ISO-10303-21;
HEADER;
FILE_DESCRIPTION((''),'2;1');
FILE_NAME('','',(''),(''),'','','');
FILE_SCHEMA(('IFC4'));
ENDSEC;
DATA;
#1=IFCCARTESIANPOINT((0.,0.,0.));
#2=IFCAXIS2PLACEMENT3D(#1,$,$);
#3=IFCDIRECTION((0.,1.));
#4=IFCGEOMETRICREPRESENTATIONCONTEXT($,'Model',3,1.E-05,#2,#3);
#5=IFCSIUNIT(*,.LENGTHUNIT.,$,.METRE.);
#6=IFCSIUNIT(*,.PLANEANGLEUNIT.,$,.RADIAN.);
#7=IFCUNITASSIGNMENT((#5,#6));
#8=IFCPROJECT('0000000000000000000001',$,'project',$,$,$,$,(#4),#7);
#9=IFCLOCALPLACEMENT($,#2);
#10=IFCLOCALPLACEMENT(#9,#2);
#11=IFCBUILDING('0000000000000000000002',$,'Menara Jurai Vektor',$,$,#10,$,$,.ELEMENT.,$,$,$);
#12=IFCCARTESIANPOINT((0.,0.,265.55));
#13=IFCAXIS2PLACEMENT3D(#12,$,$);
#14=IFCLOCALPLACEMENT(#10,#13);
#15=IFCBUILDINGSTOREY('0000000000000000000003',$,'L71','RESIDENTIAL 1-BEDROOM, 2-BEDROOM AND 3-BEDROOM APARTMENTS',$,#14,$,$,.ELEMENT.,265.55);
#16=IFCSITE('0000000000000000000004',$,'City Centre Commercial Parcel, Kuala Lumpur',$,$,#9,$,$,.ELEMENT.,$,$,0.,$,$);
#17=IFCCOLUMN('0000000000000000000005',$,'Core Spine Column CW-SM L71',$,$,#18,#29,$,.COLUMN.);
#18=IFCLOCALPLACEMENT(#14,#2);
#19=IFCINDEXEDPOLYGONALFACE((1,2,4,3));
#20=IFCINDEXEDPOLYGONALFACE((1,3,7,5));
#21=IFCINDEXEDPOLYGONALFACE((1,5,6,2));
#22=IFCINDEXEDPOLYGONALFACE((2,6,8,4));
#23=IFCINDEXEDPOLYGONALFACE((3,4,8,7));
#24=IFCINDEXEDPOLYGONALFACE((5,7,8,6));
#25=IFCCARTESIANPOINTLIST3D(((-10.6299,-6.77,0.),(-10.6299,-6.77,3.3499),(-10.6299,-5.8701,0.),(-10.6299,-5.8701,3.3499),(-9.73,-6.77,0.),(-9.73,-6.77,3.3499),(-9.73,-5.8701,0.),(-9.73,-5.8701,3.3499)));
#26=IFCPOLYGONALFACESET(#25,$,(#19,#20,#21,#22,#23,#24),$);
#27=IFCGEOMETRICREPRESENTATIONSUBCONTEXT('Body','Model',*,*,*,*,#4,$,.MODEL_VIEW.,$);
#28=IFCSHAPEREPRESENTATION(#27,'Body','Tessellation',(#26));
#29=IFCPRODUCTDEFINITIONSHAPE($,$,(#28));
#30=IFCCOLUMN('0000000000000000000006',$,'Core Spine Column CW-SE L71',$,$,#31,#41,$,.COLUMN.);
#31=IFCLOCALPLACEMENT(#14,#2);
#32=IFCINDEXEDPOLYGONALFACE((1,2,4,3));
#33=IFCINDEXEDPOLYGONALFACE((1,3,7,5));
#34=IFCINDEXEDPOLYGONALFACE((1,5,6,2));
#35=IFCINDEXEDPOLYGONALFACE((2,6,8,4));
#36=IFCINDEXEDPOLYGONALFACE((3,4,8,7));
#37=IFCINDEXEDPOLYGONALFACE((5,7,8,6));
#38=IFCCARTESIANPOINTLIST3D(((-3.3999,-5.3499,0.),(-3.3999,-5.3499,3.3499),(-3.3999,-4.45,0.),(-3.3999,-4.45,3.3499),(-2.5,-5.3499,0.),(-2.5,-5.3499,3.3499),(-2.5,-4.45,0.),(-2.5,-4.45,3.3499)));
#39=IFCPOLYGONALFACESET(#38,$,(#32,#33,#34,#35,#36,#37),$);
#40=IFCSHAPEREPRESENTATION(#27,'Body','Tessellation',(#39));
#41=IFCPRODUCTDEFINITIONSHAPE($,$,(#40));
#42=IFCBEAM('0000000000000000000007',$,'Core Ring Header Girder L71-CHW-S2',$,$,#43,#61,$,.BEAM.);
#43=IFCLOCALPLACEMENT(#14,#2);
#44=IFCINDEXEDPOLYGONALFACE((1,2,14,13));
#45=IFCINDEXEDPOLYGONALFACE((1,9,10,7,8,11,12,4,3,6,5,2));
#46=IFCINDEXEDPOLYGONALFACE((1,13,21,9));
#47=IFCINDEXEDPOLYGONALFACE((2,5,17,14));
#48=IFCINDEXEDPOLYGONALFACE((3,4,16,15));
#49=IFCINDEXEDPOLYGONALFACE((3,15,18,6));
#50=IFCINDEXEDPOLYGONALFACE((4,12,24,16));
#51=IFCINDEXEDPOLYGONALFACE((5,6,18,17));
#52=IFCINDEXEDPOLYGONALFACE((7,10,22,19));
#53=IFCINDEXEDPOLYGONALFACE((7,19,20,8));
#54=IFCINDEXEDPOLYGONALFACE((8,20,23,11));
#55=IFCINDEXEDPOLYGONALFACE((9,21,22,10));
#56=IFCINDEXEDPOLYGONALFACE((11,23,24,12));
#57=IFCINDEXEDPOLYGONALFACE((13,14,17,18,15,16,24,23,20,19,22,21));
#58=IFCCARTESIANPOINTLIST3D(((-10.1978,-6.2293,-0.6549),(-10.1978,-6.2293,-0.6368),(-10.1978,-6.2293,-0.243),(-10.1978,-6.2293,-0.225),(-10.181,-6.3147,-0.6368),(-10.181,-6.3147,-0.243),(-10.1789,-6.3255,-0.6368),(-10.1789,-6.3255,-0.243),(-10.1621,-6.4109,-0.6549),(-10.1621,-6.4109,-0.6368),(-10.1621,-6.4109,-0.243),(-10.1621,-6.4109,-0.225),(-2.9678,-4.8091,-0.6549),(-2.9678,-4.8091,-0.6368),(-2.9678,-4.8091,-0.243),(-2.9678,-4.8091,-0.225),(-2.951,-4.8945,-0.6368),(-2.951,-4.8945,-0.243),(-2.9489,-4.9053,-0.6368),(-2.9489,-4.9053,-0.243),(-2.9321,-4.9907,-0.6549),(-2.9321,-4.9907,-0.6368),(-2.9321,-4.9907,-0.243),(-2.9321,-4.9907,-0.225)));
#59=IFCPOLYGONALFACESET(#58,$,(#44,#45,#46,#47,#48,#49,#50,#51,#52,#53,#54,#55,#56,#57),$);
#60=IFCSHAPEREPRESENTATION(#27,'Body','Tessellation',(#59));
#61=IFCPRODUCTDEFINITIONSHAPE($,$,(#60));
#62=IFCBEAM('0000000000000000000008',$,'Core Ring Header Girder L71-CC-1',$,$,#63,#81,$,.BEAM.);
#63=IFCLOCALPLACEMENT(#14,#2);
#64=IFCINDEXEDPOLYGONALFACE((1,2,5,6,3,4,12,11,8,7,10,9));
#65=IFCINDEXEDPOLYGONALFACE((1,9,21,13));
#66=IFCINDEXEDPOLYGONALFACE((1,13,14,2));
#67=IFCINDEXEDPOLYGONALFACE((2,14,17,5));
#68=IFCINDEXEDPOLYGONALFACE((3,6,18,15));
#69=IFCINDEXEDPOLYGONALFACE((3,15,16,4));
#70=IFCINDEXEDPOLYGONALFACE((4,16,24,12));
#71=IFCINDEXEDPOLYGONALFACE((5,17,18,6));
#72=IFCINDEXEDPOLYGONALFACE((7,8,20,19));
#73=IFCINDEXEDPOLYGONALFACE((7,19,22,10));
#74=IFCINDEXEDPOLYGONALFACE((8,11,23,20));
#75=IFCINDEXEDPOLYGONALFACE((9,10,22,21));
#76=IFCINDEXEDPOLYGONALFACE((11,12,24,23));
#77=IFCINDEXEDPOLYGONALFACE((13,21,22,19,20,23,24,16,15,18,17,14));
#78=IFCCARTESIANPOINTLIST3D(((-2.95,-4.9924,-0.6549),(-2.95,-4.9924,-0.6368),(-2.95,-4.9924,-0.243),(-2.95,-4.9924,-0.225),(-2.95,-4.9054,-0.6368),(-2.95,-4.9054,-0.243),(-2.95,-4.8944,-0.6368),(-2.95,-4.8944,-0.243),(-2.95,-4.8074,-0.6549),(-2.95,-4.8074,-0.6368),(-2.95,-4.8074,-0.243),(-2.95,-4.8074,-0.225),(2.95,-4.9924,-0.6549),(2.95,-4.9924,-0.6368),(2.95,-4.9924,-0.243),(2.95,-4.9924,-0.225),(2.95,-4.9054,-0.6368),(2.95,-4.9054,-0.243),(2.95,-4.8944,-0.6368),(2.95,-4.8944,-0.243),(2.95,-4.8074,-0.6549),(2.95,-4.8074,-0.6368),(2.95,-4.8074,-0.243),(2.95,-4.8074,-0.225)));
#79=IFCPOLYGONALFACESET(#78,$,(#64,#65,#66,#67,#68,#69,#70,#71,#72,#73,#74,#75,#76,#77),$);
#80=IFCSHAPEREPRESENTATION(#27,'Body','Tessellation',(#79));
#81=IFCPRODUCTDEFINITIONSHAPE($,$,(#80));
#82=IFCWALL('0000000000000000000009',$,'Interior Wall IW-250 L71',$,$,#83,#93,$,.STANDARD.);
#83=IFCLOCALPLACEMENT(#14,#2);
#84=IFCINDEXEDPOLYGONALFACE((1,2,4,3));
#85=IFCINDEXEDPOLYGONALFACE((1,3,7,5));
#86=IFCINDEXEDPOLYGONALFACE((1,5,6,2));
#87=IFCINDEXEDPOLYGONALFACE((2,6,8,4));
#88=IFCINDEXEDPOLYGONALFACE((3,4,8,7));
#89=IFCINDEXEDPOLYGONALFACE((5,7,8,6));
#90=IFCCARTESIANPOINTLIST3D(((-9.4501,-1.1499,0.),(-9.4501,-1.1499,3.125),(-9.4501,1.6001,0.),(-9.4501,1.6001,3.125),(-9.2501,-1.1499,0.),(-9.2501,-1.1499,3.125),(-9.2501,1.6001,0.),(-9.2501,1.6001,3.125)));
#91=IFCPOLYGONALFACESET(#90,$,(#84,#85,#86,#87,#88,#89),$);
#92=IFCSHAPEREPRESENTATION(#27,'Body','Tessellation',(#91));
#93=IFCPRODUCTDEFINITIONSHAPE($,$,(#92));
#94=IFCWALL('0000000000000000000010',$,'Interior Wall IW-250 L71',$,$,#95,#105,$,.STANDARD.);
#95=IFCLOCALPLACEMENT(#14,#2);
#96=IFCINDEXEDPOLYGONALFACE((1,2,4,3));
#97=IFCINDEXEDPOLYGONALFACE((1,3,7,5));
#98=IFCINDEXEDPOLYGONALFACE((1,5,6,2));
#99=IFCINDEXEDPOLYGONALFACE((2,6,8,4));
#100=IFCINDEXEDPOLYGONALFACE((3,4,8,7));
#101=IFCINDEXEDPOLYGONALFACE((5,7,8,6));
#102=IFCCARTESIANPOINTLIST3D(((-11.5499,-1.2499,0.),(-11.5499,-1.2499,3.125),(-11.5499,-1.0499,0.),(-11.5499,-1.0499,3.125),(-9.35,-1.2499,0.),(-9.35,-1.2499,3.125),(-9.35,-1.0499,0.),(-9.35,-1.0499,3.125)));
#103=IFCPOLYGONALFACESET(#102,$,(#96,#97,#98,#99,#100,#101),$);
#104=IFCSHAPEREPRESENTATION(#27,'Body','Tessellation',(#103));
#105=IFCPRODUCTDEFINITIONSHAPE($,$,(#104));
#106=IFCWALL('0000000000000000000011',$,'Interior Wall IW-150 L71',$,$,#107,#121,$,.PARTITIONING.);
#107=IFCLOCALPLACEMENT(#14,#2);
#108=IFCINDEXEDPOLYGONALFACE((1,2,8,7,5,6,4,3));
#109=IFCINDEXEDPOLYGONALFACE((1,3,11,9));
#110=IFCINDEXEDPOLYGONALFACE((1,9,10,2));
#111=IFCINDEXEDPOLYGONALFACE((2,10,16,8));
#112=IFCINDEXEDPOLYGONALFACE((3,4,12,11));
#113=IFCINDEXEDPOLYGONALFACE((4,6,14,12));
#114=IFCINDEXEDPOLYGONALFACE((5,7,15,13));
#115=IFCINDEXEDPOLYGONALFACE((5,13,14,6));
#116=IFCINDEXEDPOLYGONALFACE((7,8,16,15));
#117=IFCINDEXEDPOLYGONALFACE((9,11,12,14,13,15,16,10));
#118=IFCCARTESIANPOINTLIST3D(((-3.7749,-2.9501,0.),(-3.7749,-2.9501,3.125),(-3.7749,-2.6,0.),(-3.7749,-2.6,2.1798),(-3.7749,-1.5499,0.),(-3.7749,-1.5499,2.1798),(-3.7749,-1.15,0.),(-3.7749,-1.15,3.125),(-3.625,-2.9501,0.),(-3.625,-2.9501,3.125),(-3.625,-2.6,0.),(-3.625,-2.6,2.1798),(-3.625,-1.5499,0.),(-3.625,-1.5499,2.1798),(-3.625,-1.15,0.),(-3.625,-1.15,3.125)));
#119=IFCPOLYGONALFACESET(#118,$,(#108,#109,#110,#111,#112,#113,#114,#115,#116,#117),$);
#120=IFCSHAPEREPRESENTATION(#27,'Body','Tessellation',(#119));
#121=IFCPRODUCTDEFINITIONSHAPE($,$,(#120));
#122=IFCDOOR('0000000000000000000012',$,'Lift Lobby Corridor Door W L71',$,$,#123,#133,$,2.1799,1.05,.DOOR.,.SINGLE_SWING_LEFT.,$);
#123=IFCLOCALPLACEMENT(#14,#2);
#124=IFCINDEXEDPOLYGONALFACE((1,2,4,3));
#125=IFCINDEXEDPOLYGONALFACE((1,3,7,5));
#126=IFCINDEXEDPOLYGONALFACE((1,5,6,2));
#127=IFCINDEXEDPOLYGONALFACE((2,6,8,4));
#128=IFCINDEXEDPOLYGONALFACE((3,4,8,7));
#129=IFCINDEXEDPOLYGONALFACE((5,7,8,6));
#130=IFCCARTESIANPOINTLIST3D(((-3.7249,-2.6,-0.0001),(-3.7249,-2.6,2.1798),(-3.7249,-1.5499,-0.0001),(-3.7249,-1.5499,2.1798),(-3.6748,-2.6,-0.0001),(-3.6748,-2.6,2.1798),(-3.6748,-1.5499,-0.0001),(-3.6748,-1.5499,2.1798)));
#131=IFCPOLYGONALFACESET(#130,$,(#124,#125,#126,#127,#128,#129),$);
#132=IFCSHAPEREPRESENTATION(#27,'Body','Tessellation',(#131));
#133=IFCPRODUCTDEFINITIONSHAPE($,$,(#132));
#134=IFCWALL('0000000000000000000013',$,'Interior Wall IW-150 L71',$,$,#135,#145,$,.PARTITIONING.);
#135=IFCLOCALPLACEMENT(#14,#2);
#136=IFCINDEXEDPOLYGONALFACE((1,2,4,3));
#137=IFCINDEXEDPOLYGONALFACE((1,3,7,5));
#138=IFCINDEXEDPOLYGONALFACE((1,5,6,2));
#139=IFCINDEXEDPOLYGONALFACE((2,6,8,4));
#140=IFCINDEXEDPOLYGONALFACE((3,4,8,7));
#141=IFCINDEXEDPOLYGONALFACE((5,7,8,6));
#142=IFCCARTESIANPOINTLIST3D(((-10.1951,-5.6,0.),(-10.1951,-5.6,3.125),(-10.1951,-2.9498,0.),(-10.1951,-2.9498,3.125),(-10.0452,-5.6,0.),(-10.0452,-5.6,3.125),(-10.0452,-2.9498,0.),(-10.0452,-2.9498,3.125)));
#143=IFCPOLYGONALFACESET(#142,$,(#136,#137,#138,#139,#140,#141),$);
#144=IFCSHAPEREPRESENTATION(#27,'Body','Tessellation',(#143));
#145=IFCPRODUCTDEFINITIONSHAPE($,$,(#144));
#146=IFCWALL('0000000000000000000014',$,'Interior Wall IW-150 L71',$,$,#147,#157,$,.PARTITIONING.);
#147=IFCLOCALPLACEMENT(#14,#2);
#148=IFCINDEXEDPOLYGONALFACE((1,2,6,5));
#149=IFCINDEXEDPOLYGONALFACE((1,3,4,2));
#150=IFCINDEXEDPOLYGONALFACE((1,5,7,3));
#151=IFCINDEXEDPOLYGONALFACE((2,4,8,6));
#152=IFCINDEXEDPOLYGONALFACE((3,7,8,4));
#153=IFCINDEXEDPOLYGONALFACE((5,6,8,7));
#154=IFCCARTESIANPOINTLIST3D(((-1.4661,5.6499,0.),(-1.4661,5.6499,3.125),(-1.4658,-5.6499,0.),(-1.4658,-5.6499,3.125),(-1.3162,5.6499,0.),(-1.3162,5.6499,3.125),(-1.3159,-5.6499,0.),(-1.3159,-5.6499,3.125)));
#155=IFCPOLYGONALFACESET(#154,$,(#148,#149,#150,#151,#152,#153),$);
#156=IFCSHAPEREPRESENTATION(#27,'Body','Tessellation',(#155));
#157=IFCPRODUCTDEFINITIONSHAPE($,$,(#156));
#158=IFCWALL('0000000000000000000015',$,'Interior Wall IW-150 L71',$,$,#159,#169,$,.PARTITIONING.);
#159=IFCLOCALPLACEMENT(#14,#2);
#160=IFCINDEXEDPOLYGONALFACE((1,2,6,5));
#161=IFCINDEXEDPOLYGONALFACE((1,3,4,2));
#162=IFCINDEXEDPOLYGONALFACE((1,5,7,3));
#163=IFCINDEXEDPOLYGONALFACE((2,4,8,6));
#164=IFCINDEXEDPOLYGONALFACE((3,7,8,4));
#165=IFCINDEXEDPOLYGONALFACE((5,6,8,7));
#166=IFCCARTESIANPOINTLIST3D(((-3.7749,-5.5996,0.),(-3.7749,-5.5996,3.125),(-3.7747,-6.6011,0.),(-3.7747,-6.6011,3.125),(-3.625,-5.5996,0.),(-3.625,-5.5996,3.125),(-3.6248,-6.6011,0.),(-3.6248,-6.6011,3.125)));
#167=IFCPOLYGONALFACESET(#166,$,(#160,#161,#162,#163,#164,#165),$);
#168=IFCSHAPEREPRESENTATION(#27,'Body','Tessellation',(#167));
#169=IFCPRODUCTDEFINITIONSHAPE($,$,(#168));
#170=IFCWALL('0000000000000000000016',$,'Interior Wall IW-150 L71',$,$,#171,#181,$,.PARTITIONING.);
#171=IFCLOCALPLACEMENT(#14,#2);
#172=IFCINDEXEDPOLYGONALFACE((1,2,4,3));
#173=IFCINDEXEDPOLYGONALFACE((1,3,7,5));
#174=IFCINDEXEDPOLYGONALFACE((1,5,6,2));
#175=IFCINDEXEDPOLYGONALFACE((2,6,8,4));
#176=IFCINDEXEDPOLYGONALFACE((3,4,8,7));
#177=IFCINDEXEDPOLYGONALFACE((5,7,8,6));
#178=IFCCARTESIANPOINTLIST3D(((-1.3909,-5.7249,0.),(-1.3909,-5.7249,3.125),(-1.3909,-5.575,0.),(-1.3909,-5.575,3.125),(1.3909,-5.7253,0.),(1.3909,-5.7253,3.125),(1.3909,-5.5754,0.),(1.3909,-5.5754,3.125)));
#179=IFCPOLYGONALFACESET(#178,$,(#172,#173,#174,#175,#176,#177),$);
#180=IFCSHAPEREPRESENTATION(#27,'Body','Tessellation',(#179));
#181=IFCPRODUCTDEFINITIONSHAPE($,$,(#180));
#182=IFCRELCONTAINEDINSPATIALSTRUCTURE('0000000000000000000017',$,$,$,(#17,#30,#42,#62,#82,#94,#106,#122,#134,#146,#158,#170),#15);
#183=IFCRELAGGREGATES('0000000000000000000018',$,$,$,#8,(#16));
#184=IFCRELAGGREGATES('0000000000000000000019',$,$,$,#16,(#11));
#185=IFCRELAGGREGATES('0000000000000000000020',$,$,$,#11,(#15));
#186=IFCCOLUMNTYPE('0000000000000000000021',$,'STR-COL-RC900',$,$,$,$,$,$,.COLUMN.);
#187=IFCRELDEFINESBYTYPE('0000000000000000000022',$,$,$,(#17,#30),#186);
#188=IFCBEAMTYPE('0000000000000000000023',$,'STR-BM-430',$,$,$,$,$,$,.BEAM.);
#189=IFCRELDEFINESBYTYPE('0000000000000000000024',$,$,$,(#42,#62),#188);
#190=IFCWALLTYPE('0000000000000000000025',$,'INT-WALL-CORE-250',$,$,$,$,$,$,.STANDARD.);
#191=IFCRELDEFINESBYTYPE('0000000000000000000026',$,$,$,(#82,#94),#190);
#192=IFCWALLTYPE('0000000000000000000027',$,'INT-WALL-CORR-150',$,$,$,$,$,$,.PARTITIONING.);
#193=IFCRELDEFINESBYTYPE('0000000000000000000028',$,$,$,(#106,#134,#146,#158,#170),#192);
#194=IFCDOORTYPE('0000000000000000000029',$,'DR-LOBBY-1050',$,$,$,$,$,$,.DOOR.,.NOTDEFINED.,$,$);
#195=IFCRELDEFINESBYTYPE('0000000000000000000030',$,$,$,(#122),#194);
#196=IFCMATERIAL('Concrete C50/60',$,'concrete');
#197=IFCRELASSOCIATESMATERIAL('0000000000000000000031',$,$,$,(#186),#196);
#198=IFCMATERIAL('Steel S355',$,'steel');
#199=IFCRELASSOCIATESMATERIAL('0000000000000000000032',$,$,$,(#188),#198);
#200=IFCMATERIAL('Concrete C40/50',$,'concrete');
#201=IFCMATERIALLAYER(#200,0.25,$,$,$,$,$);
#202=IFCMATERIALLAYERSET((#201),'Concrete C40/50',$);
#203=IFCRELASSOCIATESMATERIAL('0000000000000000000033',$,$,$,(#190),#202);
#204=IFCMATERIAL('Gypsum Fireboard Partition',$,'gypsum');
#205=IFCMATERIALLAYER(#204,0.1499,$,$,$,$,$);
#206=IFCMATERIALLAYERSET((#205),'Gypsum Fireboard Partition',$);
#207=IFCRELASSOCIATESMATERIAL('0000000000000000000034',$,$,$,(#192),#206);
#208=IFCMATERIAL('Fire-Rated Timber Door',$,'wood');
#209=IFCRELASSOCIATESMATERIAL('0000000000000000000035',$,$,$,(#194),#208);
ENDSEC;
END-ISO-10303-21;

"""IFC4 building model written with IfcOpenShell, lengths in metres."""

from ifc_helpers import new_model, si_unit, direction, frame, frame_2d, origin, origin_2d, place, context, subcontext, project, spatial, rectangle, i_section, extrude, material, layer, layer_set, material_profile, profile_set, type_object, element, fill, save


model = new_model("IFC4")

# Units and contexts
model_context = context("Model", 3, precision=1e-05, world=origin(), true_north=direction((0.0, 1.0)))
body_context = subcontext(model_context, "Body", "Model", "MODEL_VIEW")
ifc_project = project(units=[si_unit("LENGTHUNIT", "METRE"), si_unit("PLANEANGLEUNIT", "RADIAN")], contexts=[model_context])

# Site, building, storey
site_placement = place(None, origin())
site = spatial("IfcSite", under=ifc_project, at=site_placement, Name="City Centre Commercial Parcel, Kuala Lumpur", CompositionType="ELEMENT", RefElevation=0.0)
building_placement = place(site_placement, origin())
building = spatial("IfcBuilding", under=site, at=building_placement, Name="Menara Jurai Vektor", CompositionType="ELEMENT")
storey_placement = place(building_placement, frame((0.0, 0.0, 265.55)))
storey = spatial("IfcBuildingStorey", under=building, at=storey_placement, Name="L71", Description="RESIDENTIAL 1-BEDROOM, 2-BEDROOM AND 3-BEDROOM APARTMENTS", CompositionType="ELEMENT", Elevation=265.55)

# Columns
ifc_material_1 = material(Name="Concrete C50/60", Category="concrete")
ifc_material_profile_1 = material_profile(ifc_material_1, rectangle(XDim=0.8999, YDim=0.8999, at=origin_2d()), Name="RC 900x900")
ifc_profile_set_1 = profile_set([ifc_material_profile_1], Name="Concrete C50/60")
column_type = type_object("IfcColumnType", Name="STR-COL-RC900", PredefinedType="COLUMN", material=ifc_profile_set_1)
for number, where, z_axis, x_axis, name in (
    (1, (-10.1799, -6.3201, 0.0), (0.0, 0.0, 1.0), (1.0, 0.0, 0.0), "Core Spine Column CW-SM L71"),
    (2, (-2.95, -4.8999, 0.0), (0.0, 0.0, 1.0), (1.0, 0.0, 0.0), "Core Spine Column CW-SE L71"),
):
    element("IfcColumn", number, at=place(storey_placement, frame(where, z_axis=z_axis, x_axis=x_axis)), inside=storey, type_object=column_type, Name=name, PredefinedType="COLUMN", context=body_context, shape_type="SweptSolid", body=[
        extrude(rectangle(XDim=0.8999, YDim=0.8999, at=origin_2d()), origin(), (0.0, 0.0, 1.0), 3.3499),
    ])

# Beams
ifc_material_2 = material(Name="Steel S355", Category="steel")
ifc_material_profile_2 = material_profile(ifc_material_2, i_section(OverallWidth=0.1851, OverallDepth=0.4299, WebThickness=0.011, FlangeThickness=0.0181, at=origin_2d()), Name="PG 430x185x76")
ifc_profile_set_2 = profile_set([ifc_material_profile_2], Name="Steel S355")
beam_type = type_object("IfcBeamType", Name="STR-BM-430", PredefinedType="BEAM", material=ifc_profile_set_2)
beam_1_placement = place(storey_placement, frame((-10.1799, -6.3201, -0.4399), z_axis=(0.981249, 0.192744, 0.0), x_axis=(-0.192744, 0.981249, 0.0)))
element("IfcBeam", 3, at=beam_1_placement, inside=storey, type_object=beam_type, Name="Core Ring Header Girder L71-CHW-S2", PredefinedType="BEAM", context=body_context, shape_type="SweptSolid", body=[
    extrude(i_section(OverallWidth=0.1851, OverallDepth=0.4299, WebThickness=0.011, FlangeThickness=0.0181, at=origin_2d()), origin(), (0.0, 0.0, 1.0), 7.3682),
])
beam_2_placement = place(storey_placement, frame((-2.95, -4.8999, -0.4399), z_axis=(1.0, 0.0, 0.0), x_axis=(0.0, 1.0, 0.0)))
element("IfcBeam", 4, at=beam_2_placement, inside=storey, type_object=beam_type, Name="Core Ring Header Girder L71-CC-1", PredefinedType="BEAM", context=body_context, shape_type="SweptSolid", body=[
    extrude(i_section(OverallWidth=0.1851, OverallDepth=0.4299, WebThickness=0.011, FlangeThickness=0.0181, at=origin_2d()), origin(), (0.0, 0.0, 1.0), 5.8999),
])

# Shared definitions
ifc_material_3 = material(Name="Concrete C40/50", Category="concrete")
ifc_layer_1 = layer(ifc_material_3, 0.25)
ifc_layer_set_1 = layer_set([ifc_layer_1], Name="Concrete C40/50")
wall_type_1 = type_object("IfcWallType", Name="INT-WALL-CORE-250", PredefinedType="STANDARD", material=ifc_layer_set_1)

# Walls
wall_1_placement = place(storey_placement, frame((-9.3501, -1.1499, 0.0), z_axis=(0.0, 0.0, 1.0), x_axis=(0.0, 1.0, 0.0)))
element("IfcWall", 5, at=wall_1_placement, inside=storey, type_object=wall_type_1, Name="Interior Wall IW-250 L71", PredefinedType="STANDARD", context=body_context, shape_type="SweptSolid", body=[
    extrude(rectangle(XDim=2.75, YDim=0.2, at=frame_2d((1.375, 0.0))), origin(), (0.0, 0.0, 1.0), 3.125),
])
wall_2_placement = place(storey_placement, frame((-11.55, -1.1499, 0.0), z_axis=(0.0, 0.0, 1.0), x_axis=(1.0, 0.0, 0.0)))
element("IfcWall", 6, at=wall_2_placement, inside=storey, type_object=wall_type_1, Name="Interior Wall IW-250 L71", PredefinedType="STANDARD", context=body_context, shape_type="SweptSolid", body=[
    extrude(rectangle(XDim=2.2, YDim=0.2, at=frame_2d((1.1001, 0.0))), origin(), (0.0, 0.0, 1.0), 3.125),
])

# Wall, opening, door
ifc_material_4 = material(Name="Gypsum Fireboard Partition", Category="gypsum")
ifc_layer_2 = layer(ifc_material_4, 0.1499)
ifc_layer_set_2 = layer_set([ifc_layer_2], Name="Gypsum Fireboard Partition")
wall_type_2 = type_object("IfcWallType", Name="INT-WALL-CORR-150", PredefinedType="PARTITIONING", material=ifc_layer_set_2)
wall_3_placement = place(storey_placement, frame((-3.7, -2.95, 0.0), z_axis=(0.0, 0.0, 1.0), x_axis=(0.0, 1.0, 0.0)))
wall_3 = element("IfcWall", 7, at=wall_3_placement, inside=storey, type_object=wall_type_2, Name="Interior Wall IW-150 L71", PredefinedType="PARTITIONING", context=body_context, shape_type="SweptSolid", body=[
    extrude(rectangle(XDim=1.8, YDim=0.1499, at=frame_2d((0.8999, 0.0))), origin(), (0.0, 0.0, 1.0), 3.125),
])
opening_1_placement = place(wall_3_placement, frame((0.3501, 0.0, 0.0)))
opening_1 = element("IfcOpeningElement", 8, at=opening_1_placement, cuts=wall_3, PredefinedType="OPENING", context=body_context, shape_type="SweptSolid", body=[
    extrude(rectangle(XDim=1.05, YDim=2.1799, at=frame_2d((0.5249, 1.0898))), frame((0.0, 0.085, 0.0), z_axis=(0.0, -1.0, 0.0), x_axis=(1.0, 0.0, 0.0)), (0.0, 0.0, 1.0), 0.1699),
])
ifc_material_5 = material(Name="Fire-Rated Timber Door", Category="wood")
door_type_1 = type_object("IfcDoorType", Name="DR-LOBBY-1050", OperationType="NOTDEFINED", PredefinedType="DOOR", material=ifc_material_5)
door_1_placement = place(opening_1_placement, origin())
door_1 = element("IfcDoor", 9, at=door_1_placement, inside=storey, type_object=door_type_1, Name="Lift Lobby Corridor Door W L71", OperationType="SINGLE_SWING_LEFT", OverallHeight=2.1799, OverallWidth=1.05, PredefinedType="DOOR", context=body_context, shape_type="SweptSolid", body=[
    extrude(rectangle(XDim=1.05, YDim=2.1799, at=frame_2d((0.5249, 1.0898))), frame((0.0, 0.0249, 0.0), z_axis=(0.0, -1.0, 0.0), x_axis=(1.0, 0.0, 0.0)), (0.0, 0.0, 1.0), 0.05),
])
fill(opening_1, door_1)

# Walls
wall_4_placement = place(storey_placement, frame((-10.1201, -5.6001, 0.0), z_axis=(0.0, 0.0, 1.0), x_axis=(0.0, 1.0, 0.0)))
element("IfcWall", 10, at=wall_4_placement, inside=storey, type_object=wall_type_2, Name="Interior Wall IW-150 L71", PredefinedType="PARTITIONING", context=body_context, shape_type="SweptSolid", body=[
    extrude(rectangle(XDim=2.6501, YDim=0.1499, at=frame_2d((1.3252, 0.0))), origin(), (0.0, 0.0, 1.0), 3.125),
])
wall_5_placement = place(storey_placement, frame((-1.3909, -5.6499, 0.0), z_axis=(0.0, 0.0, 1.0), x_axis=(-0.000022, 1.0, 0.0)))
element("IfcWall", 11, at=wall_5_placement, inside=storey, type_object=wall_type_2, Name="Interior Wall IW-150 L71", PredefinedType="PARTITIONING", context=body_context, shape_type="SweptSolid", body=[
    extrude(rectangle(XDim=11.2998, YDim=0.1499, at=frame_2d((5.6499, 0.0))), origin(), (0.0, 0.0, 1.0), 3.125),
])
wall_6_placement = place(storey_placement, frame((-3.6997, -6.6011, 0.0), z_axis=(0.0, 0.0, 1.0), x_axis=(-0.000244, 1.0, 0.0)))
element("IfcWall", 12, at=wall_6_placement, inside=storey, type_object=wall_type_2, Name="Interior Wall IW-150 L71", PredefinedType="PARTITIONING", context=body_context, shape_type="SweptSolid", body=[
    extrude(rectangle(XDim=1.0015, YDim=0.1499, at=frame_2d((0.5007, 0.0))), origin(), (0.0, 0.0, 1.0), 3.125),
])
wall_7_placement = place(storey_placement, frame((-1.3909, -5.6499, 0.0), z_axis=(0.0, 0.0, 1.0), x_axis=(1.0, -0.000176, 0.0)))
element("IfcWall", 13, at=wall_7_placement, inside=storey, type_object=wall_type_2, Name="Interior Wall IW-150 L71", PredefinedType="PARTITIONING", context=body_context, shape_type="SweptSolid", body=[
    extrude(rectangle(XDim=2.7817, YDim=0.1499, at=frame_2d((1.3909, 0.0))), origin(), (0.0, 0.0, 1.0), 3.125),
])

save(model, "model.ifc")
